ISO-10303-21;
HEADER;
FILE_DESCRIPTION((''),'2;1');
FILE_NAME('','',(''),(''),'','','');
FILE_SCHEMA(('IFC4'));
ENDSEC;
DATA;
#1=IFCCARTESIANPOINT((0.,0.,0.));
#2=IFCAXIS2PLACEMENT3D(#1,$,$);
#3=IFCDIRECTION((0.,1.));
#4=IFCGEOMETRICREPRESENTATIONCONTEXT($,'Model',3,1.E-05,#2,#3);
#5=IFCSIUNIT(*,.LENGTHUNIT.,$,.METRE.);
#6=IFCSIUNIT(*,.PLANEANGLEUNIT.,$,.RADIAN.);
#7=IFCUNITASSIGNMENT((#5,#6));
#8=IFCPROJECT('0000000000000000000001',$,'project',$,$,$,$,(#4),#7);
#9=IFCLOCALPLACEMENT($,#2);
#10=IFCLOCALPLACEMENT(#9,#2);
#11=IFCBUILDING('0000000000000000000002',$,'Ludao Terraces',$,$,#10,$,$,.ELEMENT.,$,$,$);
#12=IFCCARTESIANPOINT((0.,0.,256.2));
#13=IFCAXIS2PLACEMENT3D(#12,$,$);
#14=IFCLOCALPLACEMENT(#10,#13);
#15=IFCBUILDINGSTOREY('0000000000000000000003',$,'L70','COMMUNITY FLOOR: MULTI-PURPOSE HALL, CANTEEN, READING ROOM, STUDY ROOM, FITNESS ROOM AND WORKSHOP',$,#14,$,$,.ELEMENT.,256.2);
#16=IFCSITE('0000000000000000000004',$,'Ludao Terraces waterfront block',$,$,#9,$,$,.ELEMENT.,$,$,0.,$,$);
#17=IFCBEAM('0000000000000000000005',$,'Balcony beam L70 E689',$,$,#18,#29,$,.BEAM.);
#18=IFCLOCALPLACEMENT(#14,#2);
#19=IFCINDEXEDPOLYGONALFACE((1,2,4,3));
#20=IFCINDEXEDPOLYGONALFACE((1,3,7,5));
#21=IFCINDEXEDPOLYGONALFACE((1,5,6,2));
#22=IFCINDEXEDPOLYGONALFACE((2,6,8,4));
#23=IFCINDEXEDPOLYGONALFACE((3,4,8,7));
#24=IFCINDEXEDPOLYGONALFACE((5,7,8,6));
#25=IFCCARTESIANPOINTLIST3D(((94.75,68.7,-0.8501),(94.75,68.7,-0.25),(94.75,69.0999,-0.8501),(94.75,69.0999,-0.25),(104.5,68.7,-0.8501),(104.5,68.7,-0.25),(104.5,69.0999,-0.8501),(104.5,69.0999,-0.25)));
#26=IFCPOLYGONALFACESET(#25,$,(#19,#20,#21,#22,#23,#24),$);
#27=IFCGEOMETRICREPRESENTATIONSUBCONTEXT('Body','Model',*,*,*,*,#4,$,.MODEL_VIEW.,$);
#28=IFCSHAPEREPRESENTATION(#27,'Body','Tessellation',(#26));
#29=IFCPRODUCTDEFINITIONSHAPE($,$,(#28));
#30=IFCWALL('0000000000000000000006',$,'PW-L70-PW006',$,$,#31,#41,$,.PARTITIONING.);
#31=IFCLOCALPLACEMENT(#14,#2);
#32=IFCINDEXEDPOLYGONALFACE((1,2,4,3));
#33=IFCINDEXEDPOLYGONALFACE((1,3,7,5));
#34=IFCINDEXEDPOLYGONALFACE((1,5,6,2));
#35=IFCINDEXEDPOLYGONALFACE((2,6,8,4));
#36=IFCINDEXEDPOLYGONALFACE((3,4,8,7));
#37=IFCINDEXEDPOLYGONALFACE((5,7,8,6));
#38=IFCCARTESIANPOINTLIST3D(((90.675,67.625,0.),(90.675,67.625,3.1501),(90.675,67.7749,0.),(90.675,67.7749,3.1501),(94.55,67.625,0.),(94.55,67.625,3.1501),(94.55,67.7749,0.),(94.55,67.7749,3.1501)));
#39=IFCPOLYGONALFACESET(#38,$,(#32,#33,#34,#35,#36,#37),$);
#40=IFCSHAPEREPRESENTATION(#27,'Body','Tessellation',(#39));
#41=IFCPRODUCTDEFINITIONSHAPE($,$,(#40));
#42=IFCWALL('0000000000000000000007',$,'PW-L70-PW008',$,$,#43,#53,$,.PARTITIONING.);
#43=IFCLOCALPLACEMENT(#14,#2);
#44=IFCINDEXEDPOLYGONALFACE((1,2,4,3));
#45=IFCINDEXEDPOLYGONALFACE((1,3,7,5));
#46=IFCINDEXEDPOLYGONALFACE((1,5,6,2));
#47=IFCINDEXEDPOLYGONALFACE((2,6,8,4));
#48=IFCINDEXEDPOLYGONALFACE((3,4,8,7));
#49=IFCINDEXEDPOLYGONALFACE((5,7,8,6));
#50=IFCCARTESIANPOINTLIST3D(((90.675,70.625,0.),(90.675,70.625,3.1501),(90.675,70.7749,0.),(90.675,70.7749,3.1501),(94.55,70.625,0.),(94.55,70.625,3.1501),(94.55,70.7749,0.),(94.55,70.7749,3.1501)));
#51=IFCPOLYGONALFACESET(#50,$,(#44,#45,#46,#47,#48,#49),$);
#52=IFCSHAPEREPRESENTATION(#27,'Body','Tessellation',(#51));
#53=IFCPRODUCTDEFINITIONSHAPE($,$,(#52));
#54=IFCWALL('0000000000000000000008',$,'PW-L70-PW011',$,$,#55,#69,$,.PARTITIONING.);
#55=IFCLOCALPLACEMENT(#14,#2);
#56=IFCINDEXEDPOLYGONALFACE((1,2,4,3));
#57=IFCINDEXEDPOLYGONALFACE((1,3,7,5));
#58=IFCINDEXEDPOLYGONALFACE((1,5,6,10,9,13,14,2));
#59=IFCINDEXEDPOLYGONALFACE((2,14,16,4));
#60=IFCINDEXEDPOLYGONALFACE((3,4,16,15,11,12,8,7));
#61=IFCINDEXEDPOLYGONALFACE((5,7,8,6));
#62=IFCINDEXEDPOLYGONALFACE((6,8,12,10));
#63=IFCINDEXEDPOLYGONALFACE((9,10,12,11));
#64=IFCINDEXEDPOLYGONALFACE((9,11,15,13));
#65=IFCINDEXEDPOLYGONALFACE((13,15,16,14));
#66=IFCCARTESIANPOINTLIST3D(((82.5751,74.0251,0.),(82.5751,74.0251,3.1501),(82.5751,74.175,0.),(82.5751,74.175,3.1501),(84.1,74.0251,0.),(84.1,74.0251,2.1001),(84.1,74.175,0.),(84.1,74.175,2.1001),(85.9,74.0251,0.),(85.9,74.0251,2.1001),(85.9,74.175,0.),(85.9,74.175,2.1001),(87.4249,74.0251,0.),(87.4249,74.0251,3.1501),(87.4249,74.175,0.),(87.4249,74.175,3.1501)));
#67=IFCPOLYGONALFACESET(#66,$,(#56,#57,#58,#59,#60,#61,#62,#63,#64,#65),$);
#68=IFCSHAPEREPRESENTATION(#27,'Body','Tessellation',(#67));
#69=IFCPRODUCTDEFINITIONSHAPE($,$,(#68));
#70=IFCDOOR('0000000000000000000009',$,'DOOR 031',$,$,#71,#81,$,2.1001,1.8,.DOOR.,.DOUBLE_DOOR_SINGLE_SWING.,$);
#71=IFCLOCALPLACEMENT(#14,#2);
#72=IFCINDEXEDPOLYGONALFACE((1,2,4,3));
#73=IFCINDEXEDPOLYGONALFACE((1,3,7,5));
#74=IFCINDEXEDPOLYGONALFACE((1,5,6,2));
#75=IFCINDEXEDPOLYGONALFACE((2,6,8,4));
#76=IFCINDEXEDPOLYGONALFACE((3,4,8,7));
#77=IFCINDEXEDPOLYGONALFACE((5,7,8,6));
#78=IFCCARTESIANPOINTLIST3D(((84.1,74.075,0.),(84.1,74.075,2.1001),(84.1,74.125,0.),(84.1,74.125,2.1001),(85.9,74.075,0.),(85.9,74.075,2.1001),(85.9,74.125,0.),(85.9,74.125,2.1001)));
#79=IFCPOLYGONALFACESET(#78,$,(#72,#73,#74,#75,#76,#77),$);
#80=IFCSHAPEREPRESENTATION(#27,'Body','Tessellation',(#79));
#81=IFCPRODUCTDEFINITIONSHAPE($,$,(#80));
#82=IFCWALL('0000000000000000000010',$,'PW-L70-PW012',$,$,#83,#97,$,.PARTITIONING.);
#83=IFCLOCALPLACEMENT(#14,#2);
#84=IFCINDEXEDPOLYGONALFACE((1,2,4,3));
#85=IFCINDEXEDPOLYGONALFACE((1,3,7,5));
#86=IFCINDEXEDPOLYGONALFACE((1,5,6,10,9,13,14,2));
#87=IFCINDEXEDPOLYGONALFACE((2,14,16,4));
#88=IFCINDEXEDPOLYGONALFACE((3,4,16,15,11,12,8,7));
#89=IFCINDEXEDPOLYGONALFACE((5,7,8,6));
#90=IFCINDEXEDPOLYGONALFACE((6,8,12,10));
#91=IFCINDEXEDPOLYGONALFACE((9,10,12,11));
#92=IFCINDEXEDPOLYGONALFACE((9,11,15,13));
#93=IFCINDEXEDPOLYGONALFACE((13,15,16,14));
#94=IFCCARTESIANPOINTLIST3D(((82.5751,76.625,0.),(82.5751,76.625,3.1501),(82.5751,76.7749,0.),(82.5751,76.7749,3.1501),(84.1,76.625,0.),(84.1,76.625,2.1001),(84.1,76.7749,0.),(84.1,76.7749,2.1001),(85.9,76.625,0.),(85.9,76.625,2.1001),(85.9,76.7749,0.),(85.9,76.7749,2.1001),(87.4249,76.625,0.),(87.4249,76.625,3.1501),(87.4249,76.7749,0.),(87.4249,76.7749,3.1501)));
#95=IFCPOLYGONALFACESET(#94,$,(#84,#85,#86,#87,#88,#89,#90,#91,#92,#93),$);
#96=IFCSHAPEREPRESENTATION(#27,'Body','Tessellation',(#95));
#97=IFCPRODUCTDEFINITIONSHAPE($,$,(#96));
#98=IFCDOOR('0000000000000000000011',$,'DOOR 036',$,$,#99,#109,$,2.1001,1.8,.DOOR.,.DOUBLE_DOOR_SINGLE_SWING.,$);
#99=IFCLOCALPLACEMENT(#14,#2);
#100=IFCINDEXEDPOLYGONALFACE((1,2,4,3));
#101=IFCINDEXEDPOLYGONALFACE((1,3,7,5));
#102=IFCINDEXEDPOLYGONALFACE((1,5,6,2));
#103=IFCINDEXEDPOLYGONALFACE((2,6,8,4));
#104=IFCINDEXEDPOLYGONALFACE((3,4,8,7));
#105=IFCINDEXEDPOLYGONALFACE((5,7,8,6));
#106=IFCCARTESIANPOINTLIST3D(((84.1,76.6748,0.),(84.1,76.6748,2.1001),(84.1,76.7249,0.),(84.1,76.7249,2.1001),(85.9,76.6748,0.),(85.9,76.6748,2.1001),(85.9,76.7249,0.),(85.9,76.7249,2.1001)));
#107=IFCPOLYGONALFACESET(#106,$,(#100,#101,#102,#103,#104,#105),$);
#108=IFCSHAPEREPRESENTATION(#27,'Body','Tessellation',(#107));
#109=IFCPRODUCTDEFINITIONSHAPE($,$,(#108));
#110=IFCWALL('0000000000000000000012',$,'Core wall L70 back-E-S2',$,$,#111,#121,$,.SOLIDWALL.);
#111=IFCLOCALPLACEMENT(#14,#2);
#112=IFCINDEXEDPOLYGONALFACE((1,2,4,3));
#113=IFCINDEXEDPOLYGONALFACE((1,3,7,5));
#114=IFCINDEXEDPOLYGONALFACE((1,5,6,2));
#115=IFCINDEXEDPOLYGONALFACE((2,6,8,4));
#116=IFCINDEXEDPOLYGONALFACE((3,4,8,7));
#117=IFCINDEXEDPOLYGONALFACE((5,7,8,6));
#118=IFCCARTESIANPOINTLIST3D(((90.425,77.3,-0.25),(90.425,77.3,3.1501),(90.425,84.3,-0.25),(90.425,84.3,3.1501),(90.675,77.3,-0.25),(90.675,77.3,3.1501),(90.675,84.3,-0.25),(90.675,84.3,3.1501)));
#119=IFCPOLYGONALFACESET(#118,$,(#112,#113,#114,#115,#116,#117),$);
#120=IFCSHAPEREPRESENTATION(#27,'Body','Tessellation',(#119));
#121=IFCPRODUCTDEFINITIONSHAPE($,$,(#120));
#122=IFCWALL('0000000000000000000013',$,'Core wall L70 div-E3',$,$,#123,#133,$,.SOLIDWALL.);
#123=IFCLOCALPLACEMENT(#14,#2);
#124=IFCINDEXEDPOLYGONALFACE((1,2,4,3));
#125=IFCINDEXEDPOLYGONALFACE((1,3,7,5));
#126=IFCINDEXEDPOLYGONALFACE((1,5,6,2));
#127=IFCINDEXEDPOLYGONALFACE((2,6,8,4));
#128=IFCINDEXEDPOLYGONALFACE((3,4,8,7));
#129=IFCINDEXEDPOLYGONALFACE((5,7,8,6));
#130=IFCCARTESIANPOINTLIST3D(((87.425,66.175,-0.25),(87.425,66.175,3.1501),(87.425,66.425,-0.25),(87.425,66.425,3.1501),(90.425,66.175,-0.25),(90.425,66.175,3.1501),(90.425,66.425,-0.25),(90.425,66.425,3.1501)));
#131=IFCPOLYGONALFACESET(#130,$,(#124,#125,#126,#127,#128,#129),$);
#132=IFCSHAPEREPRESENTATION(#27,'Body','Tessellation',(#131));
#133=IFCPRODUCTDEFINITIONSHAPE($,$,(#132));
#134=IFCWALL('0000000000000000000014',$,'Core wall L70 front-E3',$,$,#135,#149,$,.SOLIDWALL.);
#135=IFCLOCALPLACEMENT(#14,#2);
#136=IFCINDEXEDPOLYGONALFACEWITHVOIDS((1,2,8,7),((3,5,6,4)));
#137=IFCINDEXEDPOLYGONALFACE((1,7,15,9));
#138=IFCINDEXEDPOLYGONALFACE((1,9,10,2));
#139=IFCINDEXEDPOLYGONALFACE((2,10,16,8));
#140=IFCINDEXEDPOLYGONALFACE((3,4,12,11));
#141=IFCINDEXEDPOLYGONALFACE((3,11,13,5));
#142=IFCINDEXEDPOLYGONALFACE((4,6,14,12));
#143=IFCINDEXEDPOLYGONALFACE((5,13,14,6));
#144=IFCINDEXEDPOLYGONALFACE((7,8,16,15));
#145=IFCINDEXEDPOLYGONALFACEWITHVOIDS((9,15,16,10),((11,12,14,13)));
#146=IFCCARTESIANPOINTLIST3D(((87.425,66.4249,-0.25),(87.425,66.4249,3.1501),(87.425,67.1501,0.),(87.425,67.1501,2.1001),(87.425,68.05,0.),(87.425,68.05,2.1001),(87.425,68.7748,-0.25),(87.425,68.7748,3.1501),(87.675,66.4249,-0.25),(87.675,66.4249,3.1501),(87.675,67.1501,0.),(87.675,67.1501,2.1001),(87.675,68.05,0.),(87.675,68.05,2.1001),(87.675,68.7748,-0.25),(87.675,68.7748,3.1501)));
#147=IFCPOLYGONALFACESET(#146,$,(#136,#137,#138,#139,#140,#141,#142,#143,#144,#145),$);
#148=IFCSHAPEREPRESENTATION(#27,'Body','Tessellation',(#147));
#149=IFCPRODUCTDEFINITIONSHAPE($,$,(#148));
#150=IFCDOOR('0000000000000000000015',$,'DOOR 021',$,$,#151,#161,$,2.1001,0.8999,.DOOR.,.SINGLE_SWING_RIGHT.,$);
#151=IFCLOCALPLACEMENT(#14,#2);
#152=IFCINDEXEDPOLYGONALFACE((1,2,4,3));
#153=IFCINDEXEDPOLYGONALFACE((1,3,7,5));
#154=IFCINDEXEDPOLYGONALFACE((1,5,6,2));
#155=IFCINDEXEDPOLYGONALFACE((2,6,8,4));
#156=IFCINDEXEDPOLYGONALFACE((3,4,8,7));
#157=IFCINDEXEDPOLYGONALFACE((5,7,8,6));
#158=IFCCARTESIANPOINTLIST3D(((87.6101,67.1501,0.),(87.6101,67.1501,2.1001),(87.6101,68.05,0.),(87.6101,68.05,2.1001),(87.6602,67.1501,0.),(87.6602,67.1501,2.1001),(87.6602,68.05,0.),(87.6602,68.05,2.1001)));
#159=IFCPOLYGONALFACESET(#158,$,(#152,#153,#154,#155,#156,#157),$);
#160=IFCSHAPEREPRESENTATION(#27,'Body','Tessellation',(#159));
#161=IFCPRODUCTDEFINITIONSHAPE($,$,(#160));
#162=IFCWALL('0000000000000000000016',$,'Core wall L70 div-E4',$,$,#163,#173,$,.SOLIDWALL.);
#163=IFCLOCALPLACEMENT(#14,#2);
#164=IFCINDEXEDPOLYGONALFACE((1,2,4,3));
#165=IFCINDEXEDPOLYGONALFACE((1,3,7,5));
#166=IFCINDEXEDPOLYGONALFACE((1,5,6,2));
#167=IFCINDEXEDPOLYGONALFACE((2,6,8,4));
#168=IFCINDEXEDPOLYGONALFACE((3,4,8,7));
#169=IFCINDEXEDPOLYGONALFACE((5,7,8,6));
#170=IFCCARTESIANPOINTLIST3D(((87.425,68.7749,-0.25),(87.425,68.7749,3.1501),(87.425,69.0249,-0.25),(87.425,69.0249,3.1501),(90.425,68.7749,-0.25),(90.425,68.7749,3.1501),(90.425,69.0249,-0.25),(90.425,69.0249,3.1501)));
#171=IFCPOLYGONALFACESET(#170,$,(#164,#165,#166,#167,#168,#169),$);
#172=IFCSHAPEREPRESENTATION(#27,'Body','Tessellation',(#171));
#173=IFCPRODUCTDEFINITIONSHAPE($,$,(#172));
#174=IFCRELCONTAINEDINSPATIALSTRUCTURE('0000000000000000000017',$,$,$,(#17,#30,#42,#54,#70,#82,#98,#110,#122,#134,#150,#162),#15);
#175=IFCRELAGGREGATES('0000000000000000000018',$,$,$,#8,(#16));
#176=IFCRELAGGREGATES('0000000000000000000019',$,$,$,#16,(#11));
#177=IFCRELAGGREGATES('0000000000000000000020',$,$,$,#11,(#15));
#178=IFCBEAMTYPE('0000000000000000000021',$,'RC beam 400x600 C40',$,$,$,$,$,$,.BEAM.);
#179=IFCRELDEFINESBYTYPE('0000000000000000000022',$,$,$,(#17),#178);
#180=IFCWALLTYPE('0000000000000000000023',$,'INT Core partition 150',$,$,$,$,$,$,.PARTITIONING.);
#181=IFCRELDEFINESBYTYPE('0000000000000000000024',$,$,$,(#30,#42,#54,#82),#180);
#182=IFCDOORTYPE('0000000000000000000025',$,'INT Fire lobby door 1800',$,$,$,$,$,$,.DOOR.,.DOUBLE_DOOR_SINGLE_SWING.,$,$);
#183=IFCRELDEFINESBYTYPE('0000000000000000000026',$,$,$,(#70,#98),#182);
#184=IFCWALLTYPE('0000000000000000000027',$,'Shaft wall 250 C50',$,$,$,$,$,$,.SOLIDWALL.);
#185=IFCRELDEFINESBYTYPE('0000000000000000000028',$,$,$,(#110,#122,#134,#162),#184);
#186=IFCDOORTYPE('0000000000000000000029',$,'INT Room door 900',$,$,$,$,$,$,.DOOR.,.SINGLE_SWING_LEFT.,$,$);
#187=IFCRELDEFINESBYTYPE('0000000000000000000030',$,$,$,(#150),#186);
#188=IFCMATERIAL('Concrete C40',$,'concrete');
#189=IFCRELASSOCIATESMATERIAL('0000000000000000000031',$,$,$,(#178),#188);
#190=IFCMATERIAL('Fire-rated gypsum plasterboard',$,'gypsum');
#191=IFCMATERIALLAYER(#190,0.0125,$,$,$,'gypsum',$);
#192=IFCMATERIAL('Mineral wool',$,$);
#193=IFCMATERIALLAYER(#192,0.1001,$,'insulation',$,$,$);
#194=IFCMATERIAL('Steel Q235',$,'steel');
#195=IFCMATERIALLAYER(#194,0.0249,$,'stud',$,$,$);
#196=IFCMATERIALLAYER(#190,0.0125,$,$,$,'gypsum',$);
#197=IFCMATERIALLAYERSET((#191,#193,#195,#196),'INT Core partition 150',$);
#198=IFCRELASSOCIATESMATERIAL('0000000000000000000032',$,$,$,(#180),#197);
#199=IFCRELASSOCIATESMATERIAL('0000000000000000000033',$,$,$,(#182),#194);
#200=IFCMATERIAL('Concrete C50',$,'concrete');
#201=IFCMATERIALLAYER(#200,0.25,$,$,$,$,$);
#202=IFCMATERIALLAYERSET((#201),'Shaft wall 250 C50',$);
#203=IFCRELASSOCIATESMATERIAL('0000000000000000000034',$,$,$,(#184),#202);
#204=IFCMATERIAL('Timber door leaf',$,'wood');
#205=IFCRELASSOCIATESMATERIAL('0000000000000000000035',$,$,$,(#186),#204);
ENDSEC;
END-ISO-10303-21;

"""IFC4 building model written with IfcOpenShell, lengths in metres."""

from ifc_helpers import new_model, si_unit, direction, frame, frame_2d, origin, origin_2d, place, context, subcontext, project, spatial, rectangle, extrude, material, layer, layer_set, material_profile, profile_set, type_object, element, fill, save


model = new_model("IFC4")

# Units and contexts
model_context = context("Model", 3, precision=1e-05, world=origin(), true_north=direction((0.0, 1.0)))
body_context = subcontext(model_context, "Body", "Model", "MODEL_VIEW")
ifc_project = project(units=[si_unit("LENGTHUNIT", "METRE"), si_unit("PLANEANGLEUNIT", "RADIAN")], contexts=[model_context])

# Site, building, storey
site_placement = place(None, origin())
site = spatial("IfcSite", under=ifc_project, at=site_placement, Name="Ludao Terraces waterfront block", CompositionType="ELEMENT", RefElevation=0.0)
building_placement = place(site_placement, origin())
building = spatial("IfcBuilding", under=site, at=building_placement, Name="Ludao Terraces", CompositionType="ELEMENT")
storey_placement = place(building_placement, frame((0.0, 0.0, 256.2)))
storey = spatial("IfcBuildingStorey", under=building, at=storey_placement, Name="L70", Description="COMMUNITY FLOOR: MULTI-PURPOSE HALL, CANTEEN, READING ROOM, STUDY ROOM, FITNESS ROOM AND WORKSHOP", CompositionType="ELEMENT", Elevation=256.2)

# Beam
ifc_material_1 = material(Name="Concrete C40", Category="concrete")
ifc_material_profile = material_profile(ifc_material_1, rectangle(XDim=0.3999, YDim=0.6001, at=origin_2d()), Name="400 X 600")
ifc_profile_set = profile_set([ifc_material_profile], Name="Concrete C40")
beam_type = type_object("IfcBeamType", Name="RC beam 400x600 C40", PredefinedType="BEAM", material=ifc_profile_set)
beam_placement = place(storey_placement, frame((94.75, 68.8999, -0.55), z_axis=(1.0, 0.0, 0.0), x_axis=(0.0, 1.0, 0.0)))
element("IfcBeam", 1, at=beam_placement, inside=storey, type_object=beam_type, Name="Balcony beam L70 E689", PredefinedType="BEAM", context=body_context, shape_type="SweptSolid", body=[
    extrude(rectangle(XDim=0.3999, YDim=0.6001, at=origin_2d()), origin(), (0.0, 0.0, 1.0), 9.75),
])

# Walls
ifc_material_2 = material(Name="Fire-rated gypsum plasterboard", Category="gypsum")
ifc_layer_1 = layer(ifc_material_2, 0.0125, Category="gypsum")
ifc_material_3 = material(Name="Mineral wool")
ifc_layer_2 = layer(ifc_material_3, 0.1001, Name="insulation")
ifc_material_4 = material(Name="Steel Q235", Category="steel")
ifc_layer_3 = layer(ifc_material_4, 0.0249, Name="stud")
ifc_layer_4 = layer(ifc_material_2, 0.0125, Category="gypsum")
ifc_layer_set_1 = layer_set([ifc_layer_1, ifc_layer_2, ifc_layer_3, ifc_layer_4], Name="INT Core partition 150")
wall_type_1 = type_object("IfcWallType", Name="INT Core partition 150", PredefinedType="PARTITIONING", material=ifc_layer_set_1)
for number, where, z_axis, x_axis, name in (
    (2, (90.675, 67.7, 0.0), (0.0, 0.0, 1.0), (1.0, 0.0, 0.0), "PW-L70-PW006"),
    (3, (90.675, 70.7, 0.0), (0.0, 0.0, 1.0), (1.0, 0.0, 0.0), "PW-L70-PW008"),
):
    element("IfcWall", number, at=place(storey_placement, frame(where, z_axis=z_axis, x_axis=x_axis)), inside=storey, type_object=wall_type_1, Name=name, PredefinedType="PARTITIONING", context=body_context, shape_type="SweptSolid", body=[
        extrude(rectangle(XDim=3.875, YDim=0.1499, at=frame_2d((1.9375, 0.0))), origin(), (0.0, 0.0, 1.0), 3.1501),
    ])

# Walls, openings, doors
wall_1_placement = place(storey_placement, frame((82.5752, 74.1001, 0.0), z_axis=(0.0, 0.0, 1.0), x_axis=(1.0, 0.0, 0.0)))
wall_1 = element("IfcWall", 4, at=wall_1_placement, inside=storey, type_object=wall_type_1, Name="PW-L70-PW011", PredefinedType="PARTITIONING", context=body_context, shape_type="SweptSolid", body=[
    extrude(rectangle(XDim=4.8499, YDim=0.1499, at=frame_2d((2.4248, 0.0))), origin(), (0.0, 0.0, 1.0), 3.1501),
])
opening_1_placement = place(wall_1_placement, frame((1.5249, 0.0, 0.0)))
opening_1 = element("IfcOpeningElement", 5, at=opening_1_placement, cuts=wall_1, PredefinedType="OPENING", context=body_context, shape_type="SweptSolid", body=[
    extrude(rectangle(XDim=1.8, YDim=2.1001, at=frame_2d((0.8999, 1.05))), frame((0.0, 0.085, 0.0), z_axis=(0.0, -1.0, 0.0), x_axis=(1.0, 0.0, 0.0)), (0.0, 0.0, 1.0), 0.1699),
])
door_type_1 = type_object("IfcDoorType", Name="INT Fire lobby door 1800", OperationType="DOUBLE_DOOR_SINGLE_SWING", PredefinedType="DOOR", material=ifc_material_4)
door_1_placement = place(opening_1_placement, origin())
door_1 = element("IfcDoor", 6, at=door_1_placement, inside=storey, type_object=door_type_1, Name="DOOR 031", OperationType="DOUBLE_DOOR_SINGLE_SWING", OverallHeight=2.1001, OverallWidth=1.8, PredefinedType="DOOR", context=body_context, shape_type="SweptSolid", body=[
    extrude(rectangle(XDim=1.8, YDim=2.1001, at=frame_2d((0.8999, 1.05))), frame((0.0, 0.0249, 0.0), z_axis=(0.0, -1.0, 0.0), x_axis=(1.0, 0.0, 0.0)), (0.0, 0.0, 1.0), 0.05),
])
fill(opening_1, door_1)
wall_2_placement = place(storey_placement, frame((82.5752, 76.7, 0.0), z_axis=(0.0, 0.0, 1.0), x_axis=(1.0, 0.0, 0.0)))
wall_2 = element("IfcWall", 7, at=wall_2_placement, inside=storey, type_object=wall_type_1, Name="PW-L70-PW012", PredefinedType="PARTITIONING", context=body_context, shape_type="SweptSolid", body=[
    extrude(rectangle(XDim=4.8499, YDim=0.1499, at=frame_2d((2.4248, 0.0))), origin(), (0.0, 0.0, 1.0), 3.1501),
])
opening_2_placement = place(wall_2_placement, frame((1.5249, 0.0, 0.0)))
opening_2 = element("IfcOpeningElement", 8, at=opening_2_placement, cuts=wall_2, PredefinedType="OPENING", context=body_context, shape_type="SweptSolid", body=[
    extrude(rectangle(XDim=1.8, YDim=2.1001, at=frame_2d((0.8999, 1.05))), frame((0.0, 0.085, 0.0), z_axis=(0.0, -1.0, 0.0), x_axis=(1.0, 0.0, 0.0)), (0.0, 0.0, 1.0), 0.1699),
])
door_2_placement = place(opening_2_placement, origin())
door_2 = element("IfcDoor", 9, at=door_2_placement, inside=storey, type_object=door_type_1, Name="DOOR 036", OperationType="DOUBLE_DOOR_SINGLE_SWING", OverallHeight=2.1001, OverallWidth=1.8, PredefinedType="DOOR", context=body_context, shape_type="SweptSolid", body=[
    extrude(rectangle(XDim=1.8, YDim=2.1001, at=frame_2d((0.8999, 1.05))), frame((0.0, 0.0249, 0.0), z_axis=(0.0, -1.0, 0.0), x_axis=(1.0, 0.0, 0.0)), (0.0, 0.0, 1.0), 0.05),
])
fill(opening_2, door_2)

# Walls
ifc_material_5 = material(Name="Concrete C50", Category="concrete")
ifc_layer_5 = layer(ifc_material_5, 0.25)
ifc_layer_set_2 = layer_set([ifc_layer_5], Name="Shaft wall 250 C50")
wall_type_2 = type_object("IfcWallType", Name="Shaft wall 250 C50", PredefinedType="SOLIDWALL", material=ifc_layer_set_2)
wall_3_placement = place(storey_placement, frame((90.55, 77.3, -0.25), z_axis=(0.0, 0.0, 1.0), x_axis=(0.0, 1.0, 0.0)))
element("IfcWall", 10, at=wall_3_placement, inside=storey, type_object=wall_type_2, Name="Core wall L70 back-E-S2", PredefinedType="SOLIDWALL", context=body_context, shape_type="SweptSolid", body=[
    extrude(rectangle(XDim=7.0, YDim=0.25, at=frame_2d((3.5, 0.0))), origin(), (0.0, 0.0, 1.0), 3.4001),
])
wall_4_placement = place(storey_placement, frame((87.425, 66.3, -0.25), z_axis=(0.0, 0.0, 1.0), x_axis=(1.0, 0.0, 0.0)))
element("IfcWall", 11, at=wall_4_placement, inside=storey, type_object=wall_type_2, Name="Core wall L70 div-E3", PredefinedType="SOLIDWALL", context=body_context, shape_type="SweptSolid", body=[
    extrude(rectangle(XDim=3.0, YDim=0.25, at=frame_2d((1.5, 0.0))), origin(), (0.0, 0.0, 1.0), 3.4001),
])

# Wall, opening, door
wall_5_placement = place(storey_placement, frame((87.55, 66.425, -0.25), z_axis=(0.0, 0.0, 1.0), x_axis=(0.0, 1.0, 0.0)))
wall_5 = element("IfcWall", 12, at=wall_5_placement, inside=storey, type_object=wall_type_2, Name="Core wall L70 front-E3", PredefinedType="SOLIDWALL", context=body_context, shape_type="SweptSolid", body=[
    extrude(rectangle(XDim=2.3499, YDim=0.25, at=frame_2d((1.1748, 0.0))), origin(), (0.0, 0.0, 1.0), 3.4001),
])
opening_3_placement = place(wall_5_placement, frame((0.7251, 0.0, 0.25)))
opening_3 = element("IfcOpeningElement", 13, at=opening_3_placement, cuts=wall_5, PredefinedType="OPENING", context=body_context, shape_type="SweptSolid", body=[
    extrude(rectangle(XDim=0.8999, YDim=2.1001, at=frame_2d((0.45, 1.05))), frame((0.0, 0.135, 0.0), z_axis=(0.0, -1.0, 0.0), x_axis=(1.0, 0.0, 0.0)), (0.0, 0.0, 1.0), 0.27),
])
ifc_material_6 = material(Name="Timber door leaf", Category="wood")
door_type_2 = type_object("IfcDoorType", Name="INT Room door 900", OperationType="SINGLE_SWING_LEFT", PredefinedType="DOOR", material=ifc_material_6)
door_3_placement = place(opening_3_placement, origin())
door_3 = element("IfcDoor", 14, at=door_3_placement, inside=storey, type_object=door_type_2, Name="DOOR 021", OperationType="SINGLE_SWING_RIGHT", OverallHeight=2.1001, OverallWidth=0.8999, PredefinedType="DOOR", context=body_context, shape_type="SweptSolid", body=[
    extrude(rectangle(XDim=0.8999, YDim=2.1001, at=frame_2d((0.45, 1.05))), frame((0.0, -0.0601, 0.0), z_axis=(0.0, -1.0, 0.0), x_axis=(1.0, 0.0, 0.0)), (0.0, 0.0, 1.0), 0.05),
])
fill(opening_3, door_3)

# Wall
wall_6_placement = place(storey_placement, frame((87.425, 68.8999, -0.25), z_axis=(0.0, 0.0, 1.0), x_axis=(1.0, 0.0, 0.0)))
element("IfcWall", 15, at=wall_6_placement, inside=storey, type_object=wall_type_2, Name="Core wall L70 div-E4", PredefinedType="SOLIDWALL", context=body_context, shape_type="SweptSolid", body=[
    extrude(rectangle(XDim=3.0, YDim=0.25, at=frame_2d((1.5, 0.0))), origin(), (0.0, 0.0, 1.0), 3.4001),
])

save(model, "model.ifc")
